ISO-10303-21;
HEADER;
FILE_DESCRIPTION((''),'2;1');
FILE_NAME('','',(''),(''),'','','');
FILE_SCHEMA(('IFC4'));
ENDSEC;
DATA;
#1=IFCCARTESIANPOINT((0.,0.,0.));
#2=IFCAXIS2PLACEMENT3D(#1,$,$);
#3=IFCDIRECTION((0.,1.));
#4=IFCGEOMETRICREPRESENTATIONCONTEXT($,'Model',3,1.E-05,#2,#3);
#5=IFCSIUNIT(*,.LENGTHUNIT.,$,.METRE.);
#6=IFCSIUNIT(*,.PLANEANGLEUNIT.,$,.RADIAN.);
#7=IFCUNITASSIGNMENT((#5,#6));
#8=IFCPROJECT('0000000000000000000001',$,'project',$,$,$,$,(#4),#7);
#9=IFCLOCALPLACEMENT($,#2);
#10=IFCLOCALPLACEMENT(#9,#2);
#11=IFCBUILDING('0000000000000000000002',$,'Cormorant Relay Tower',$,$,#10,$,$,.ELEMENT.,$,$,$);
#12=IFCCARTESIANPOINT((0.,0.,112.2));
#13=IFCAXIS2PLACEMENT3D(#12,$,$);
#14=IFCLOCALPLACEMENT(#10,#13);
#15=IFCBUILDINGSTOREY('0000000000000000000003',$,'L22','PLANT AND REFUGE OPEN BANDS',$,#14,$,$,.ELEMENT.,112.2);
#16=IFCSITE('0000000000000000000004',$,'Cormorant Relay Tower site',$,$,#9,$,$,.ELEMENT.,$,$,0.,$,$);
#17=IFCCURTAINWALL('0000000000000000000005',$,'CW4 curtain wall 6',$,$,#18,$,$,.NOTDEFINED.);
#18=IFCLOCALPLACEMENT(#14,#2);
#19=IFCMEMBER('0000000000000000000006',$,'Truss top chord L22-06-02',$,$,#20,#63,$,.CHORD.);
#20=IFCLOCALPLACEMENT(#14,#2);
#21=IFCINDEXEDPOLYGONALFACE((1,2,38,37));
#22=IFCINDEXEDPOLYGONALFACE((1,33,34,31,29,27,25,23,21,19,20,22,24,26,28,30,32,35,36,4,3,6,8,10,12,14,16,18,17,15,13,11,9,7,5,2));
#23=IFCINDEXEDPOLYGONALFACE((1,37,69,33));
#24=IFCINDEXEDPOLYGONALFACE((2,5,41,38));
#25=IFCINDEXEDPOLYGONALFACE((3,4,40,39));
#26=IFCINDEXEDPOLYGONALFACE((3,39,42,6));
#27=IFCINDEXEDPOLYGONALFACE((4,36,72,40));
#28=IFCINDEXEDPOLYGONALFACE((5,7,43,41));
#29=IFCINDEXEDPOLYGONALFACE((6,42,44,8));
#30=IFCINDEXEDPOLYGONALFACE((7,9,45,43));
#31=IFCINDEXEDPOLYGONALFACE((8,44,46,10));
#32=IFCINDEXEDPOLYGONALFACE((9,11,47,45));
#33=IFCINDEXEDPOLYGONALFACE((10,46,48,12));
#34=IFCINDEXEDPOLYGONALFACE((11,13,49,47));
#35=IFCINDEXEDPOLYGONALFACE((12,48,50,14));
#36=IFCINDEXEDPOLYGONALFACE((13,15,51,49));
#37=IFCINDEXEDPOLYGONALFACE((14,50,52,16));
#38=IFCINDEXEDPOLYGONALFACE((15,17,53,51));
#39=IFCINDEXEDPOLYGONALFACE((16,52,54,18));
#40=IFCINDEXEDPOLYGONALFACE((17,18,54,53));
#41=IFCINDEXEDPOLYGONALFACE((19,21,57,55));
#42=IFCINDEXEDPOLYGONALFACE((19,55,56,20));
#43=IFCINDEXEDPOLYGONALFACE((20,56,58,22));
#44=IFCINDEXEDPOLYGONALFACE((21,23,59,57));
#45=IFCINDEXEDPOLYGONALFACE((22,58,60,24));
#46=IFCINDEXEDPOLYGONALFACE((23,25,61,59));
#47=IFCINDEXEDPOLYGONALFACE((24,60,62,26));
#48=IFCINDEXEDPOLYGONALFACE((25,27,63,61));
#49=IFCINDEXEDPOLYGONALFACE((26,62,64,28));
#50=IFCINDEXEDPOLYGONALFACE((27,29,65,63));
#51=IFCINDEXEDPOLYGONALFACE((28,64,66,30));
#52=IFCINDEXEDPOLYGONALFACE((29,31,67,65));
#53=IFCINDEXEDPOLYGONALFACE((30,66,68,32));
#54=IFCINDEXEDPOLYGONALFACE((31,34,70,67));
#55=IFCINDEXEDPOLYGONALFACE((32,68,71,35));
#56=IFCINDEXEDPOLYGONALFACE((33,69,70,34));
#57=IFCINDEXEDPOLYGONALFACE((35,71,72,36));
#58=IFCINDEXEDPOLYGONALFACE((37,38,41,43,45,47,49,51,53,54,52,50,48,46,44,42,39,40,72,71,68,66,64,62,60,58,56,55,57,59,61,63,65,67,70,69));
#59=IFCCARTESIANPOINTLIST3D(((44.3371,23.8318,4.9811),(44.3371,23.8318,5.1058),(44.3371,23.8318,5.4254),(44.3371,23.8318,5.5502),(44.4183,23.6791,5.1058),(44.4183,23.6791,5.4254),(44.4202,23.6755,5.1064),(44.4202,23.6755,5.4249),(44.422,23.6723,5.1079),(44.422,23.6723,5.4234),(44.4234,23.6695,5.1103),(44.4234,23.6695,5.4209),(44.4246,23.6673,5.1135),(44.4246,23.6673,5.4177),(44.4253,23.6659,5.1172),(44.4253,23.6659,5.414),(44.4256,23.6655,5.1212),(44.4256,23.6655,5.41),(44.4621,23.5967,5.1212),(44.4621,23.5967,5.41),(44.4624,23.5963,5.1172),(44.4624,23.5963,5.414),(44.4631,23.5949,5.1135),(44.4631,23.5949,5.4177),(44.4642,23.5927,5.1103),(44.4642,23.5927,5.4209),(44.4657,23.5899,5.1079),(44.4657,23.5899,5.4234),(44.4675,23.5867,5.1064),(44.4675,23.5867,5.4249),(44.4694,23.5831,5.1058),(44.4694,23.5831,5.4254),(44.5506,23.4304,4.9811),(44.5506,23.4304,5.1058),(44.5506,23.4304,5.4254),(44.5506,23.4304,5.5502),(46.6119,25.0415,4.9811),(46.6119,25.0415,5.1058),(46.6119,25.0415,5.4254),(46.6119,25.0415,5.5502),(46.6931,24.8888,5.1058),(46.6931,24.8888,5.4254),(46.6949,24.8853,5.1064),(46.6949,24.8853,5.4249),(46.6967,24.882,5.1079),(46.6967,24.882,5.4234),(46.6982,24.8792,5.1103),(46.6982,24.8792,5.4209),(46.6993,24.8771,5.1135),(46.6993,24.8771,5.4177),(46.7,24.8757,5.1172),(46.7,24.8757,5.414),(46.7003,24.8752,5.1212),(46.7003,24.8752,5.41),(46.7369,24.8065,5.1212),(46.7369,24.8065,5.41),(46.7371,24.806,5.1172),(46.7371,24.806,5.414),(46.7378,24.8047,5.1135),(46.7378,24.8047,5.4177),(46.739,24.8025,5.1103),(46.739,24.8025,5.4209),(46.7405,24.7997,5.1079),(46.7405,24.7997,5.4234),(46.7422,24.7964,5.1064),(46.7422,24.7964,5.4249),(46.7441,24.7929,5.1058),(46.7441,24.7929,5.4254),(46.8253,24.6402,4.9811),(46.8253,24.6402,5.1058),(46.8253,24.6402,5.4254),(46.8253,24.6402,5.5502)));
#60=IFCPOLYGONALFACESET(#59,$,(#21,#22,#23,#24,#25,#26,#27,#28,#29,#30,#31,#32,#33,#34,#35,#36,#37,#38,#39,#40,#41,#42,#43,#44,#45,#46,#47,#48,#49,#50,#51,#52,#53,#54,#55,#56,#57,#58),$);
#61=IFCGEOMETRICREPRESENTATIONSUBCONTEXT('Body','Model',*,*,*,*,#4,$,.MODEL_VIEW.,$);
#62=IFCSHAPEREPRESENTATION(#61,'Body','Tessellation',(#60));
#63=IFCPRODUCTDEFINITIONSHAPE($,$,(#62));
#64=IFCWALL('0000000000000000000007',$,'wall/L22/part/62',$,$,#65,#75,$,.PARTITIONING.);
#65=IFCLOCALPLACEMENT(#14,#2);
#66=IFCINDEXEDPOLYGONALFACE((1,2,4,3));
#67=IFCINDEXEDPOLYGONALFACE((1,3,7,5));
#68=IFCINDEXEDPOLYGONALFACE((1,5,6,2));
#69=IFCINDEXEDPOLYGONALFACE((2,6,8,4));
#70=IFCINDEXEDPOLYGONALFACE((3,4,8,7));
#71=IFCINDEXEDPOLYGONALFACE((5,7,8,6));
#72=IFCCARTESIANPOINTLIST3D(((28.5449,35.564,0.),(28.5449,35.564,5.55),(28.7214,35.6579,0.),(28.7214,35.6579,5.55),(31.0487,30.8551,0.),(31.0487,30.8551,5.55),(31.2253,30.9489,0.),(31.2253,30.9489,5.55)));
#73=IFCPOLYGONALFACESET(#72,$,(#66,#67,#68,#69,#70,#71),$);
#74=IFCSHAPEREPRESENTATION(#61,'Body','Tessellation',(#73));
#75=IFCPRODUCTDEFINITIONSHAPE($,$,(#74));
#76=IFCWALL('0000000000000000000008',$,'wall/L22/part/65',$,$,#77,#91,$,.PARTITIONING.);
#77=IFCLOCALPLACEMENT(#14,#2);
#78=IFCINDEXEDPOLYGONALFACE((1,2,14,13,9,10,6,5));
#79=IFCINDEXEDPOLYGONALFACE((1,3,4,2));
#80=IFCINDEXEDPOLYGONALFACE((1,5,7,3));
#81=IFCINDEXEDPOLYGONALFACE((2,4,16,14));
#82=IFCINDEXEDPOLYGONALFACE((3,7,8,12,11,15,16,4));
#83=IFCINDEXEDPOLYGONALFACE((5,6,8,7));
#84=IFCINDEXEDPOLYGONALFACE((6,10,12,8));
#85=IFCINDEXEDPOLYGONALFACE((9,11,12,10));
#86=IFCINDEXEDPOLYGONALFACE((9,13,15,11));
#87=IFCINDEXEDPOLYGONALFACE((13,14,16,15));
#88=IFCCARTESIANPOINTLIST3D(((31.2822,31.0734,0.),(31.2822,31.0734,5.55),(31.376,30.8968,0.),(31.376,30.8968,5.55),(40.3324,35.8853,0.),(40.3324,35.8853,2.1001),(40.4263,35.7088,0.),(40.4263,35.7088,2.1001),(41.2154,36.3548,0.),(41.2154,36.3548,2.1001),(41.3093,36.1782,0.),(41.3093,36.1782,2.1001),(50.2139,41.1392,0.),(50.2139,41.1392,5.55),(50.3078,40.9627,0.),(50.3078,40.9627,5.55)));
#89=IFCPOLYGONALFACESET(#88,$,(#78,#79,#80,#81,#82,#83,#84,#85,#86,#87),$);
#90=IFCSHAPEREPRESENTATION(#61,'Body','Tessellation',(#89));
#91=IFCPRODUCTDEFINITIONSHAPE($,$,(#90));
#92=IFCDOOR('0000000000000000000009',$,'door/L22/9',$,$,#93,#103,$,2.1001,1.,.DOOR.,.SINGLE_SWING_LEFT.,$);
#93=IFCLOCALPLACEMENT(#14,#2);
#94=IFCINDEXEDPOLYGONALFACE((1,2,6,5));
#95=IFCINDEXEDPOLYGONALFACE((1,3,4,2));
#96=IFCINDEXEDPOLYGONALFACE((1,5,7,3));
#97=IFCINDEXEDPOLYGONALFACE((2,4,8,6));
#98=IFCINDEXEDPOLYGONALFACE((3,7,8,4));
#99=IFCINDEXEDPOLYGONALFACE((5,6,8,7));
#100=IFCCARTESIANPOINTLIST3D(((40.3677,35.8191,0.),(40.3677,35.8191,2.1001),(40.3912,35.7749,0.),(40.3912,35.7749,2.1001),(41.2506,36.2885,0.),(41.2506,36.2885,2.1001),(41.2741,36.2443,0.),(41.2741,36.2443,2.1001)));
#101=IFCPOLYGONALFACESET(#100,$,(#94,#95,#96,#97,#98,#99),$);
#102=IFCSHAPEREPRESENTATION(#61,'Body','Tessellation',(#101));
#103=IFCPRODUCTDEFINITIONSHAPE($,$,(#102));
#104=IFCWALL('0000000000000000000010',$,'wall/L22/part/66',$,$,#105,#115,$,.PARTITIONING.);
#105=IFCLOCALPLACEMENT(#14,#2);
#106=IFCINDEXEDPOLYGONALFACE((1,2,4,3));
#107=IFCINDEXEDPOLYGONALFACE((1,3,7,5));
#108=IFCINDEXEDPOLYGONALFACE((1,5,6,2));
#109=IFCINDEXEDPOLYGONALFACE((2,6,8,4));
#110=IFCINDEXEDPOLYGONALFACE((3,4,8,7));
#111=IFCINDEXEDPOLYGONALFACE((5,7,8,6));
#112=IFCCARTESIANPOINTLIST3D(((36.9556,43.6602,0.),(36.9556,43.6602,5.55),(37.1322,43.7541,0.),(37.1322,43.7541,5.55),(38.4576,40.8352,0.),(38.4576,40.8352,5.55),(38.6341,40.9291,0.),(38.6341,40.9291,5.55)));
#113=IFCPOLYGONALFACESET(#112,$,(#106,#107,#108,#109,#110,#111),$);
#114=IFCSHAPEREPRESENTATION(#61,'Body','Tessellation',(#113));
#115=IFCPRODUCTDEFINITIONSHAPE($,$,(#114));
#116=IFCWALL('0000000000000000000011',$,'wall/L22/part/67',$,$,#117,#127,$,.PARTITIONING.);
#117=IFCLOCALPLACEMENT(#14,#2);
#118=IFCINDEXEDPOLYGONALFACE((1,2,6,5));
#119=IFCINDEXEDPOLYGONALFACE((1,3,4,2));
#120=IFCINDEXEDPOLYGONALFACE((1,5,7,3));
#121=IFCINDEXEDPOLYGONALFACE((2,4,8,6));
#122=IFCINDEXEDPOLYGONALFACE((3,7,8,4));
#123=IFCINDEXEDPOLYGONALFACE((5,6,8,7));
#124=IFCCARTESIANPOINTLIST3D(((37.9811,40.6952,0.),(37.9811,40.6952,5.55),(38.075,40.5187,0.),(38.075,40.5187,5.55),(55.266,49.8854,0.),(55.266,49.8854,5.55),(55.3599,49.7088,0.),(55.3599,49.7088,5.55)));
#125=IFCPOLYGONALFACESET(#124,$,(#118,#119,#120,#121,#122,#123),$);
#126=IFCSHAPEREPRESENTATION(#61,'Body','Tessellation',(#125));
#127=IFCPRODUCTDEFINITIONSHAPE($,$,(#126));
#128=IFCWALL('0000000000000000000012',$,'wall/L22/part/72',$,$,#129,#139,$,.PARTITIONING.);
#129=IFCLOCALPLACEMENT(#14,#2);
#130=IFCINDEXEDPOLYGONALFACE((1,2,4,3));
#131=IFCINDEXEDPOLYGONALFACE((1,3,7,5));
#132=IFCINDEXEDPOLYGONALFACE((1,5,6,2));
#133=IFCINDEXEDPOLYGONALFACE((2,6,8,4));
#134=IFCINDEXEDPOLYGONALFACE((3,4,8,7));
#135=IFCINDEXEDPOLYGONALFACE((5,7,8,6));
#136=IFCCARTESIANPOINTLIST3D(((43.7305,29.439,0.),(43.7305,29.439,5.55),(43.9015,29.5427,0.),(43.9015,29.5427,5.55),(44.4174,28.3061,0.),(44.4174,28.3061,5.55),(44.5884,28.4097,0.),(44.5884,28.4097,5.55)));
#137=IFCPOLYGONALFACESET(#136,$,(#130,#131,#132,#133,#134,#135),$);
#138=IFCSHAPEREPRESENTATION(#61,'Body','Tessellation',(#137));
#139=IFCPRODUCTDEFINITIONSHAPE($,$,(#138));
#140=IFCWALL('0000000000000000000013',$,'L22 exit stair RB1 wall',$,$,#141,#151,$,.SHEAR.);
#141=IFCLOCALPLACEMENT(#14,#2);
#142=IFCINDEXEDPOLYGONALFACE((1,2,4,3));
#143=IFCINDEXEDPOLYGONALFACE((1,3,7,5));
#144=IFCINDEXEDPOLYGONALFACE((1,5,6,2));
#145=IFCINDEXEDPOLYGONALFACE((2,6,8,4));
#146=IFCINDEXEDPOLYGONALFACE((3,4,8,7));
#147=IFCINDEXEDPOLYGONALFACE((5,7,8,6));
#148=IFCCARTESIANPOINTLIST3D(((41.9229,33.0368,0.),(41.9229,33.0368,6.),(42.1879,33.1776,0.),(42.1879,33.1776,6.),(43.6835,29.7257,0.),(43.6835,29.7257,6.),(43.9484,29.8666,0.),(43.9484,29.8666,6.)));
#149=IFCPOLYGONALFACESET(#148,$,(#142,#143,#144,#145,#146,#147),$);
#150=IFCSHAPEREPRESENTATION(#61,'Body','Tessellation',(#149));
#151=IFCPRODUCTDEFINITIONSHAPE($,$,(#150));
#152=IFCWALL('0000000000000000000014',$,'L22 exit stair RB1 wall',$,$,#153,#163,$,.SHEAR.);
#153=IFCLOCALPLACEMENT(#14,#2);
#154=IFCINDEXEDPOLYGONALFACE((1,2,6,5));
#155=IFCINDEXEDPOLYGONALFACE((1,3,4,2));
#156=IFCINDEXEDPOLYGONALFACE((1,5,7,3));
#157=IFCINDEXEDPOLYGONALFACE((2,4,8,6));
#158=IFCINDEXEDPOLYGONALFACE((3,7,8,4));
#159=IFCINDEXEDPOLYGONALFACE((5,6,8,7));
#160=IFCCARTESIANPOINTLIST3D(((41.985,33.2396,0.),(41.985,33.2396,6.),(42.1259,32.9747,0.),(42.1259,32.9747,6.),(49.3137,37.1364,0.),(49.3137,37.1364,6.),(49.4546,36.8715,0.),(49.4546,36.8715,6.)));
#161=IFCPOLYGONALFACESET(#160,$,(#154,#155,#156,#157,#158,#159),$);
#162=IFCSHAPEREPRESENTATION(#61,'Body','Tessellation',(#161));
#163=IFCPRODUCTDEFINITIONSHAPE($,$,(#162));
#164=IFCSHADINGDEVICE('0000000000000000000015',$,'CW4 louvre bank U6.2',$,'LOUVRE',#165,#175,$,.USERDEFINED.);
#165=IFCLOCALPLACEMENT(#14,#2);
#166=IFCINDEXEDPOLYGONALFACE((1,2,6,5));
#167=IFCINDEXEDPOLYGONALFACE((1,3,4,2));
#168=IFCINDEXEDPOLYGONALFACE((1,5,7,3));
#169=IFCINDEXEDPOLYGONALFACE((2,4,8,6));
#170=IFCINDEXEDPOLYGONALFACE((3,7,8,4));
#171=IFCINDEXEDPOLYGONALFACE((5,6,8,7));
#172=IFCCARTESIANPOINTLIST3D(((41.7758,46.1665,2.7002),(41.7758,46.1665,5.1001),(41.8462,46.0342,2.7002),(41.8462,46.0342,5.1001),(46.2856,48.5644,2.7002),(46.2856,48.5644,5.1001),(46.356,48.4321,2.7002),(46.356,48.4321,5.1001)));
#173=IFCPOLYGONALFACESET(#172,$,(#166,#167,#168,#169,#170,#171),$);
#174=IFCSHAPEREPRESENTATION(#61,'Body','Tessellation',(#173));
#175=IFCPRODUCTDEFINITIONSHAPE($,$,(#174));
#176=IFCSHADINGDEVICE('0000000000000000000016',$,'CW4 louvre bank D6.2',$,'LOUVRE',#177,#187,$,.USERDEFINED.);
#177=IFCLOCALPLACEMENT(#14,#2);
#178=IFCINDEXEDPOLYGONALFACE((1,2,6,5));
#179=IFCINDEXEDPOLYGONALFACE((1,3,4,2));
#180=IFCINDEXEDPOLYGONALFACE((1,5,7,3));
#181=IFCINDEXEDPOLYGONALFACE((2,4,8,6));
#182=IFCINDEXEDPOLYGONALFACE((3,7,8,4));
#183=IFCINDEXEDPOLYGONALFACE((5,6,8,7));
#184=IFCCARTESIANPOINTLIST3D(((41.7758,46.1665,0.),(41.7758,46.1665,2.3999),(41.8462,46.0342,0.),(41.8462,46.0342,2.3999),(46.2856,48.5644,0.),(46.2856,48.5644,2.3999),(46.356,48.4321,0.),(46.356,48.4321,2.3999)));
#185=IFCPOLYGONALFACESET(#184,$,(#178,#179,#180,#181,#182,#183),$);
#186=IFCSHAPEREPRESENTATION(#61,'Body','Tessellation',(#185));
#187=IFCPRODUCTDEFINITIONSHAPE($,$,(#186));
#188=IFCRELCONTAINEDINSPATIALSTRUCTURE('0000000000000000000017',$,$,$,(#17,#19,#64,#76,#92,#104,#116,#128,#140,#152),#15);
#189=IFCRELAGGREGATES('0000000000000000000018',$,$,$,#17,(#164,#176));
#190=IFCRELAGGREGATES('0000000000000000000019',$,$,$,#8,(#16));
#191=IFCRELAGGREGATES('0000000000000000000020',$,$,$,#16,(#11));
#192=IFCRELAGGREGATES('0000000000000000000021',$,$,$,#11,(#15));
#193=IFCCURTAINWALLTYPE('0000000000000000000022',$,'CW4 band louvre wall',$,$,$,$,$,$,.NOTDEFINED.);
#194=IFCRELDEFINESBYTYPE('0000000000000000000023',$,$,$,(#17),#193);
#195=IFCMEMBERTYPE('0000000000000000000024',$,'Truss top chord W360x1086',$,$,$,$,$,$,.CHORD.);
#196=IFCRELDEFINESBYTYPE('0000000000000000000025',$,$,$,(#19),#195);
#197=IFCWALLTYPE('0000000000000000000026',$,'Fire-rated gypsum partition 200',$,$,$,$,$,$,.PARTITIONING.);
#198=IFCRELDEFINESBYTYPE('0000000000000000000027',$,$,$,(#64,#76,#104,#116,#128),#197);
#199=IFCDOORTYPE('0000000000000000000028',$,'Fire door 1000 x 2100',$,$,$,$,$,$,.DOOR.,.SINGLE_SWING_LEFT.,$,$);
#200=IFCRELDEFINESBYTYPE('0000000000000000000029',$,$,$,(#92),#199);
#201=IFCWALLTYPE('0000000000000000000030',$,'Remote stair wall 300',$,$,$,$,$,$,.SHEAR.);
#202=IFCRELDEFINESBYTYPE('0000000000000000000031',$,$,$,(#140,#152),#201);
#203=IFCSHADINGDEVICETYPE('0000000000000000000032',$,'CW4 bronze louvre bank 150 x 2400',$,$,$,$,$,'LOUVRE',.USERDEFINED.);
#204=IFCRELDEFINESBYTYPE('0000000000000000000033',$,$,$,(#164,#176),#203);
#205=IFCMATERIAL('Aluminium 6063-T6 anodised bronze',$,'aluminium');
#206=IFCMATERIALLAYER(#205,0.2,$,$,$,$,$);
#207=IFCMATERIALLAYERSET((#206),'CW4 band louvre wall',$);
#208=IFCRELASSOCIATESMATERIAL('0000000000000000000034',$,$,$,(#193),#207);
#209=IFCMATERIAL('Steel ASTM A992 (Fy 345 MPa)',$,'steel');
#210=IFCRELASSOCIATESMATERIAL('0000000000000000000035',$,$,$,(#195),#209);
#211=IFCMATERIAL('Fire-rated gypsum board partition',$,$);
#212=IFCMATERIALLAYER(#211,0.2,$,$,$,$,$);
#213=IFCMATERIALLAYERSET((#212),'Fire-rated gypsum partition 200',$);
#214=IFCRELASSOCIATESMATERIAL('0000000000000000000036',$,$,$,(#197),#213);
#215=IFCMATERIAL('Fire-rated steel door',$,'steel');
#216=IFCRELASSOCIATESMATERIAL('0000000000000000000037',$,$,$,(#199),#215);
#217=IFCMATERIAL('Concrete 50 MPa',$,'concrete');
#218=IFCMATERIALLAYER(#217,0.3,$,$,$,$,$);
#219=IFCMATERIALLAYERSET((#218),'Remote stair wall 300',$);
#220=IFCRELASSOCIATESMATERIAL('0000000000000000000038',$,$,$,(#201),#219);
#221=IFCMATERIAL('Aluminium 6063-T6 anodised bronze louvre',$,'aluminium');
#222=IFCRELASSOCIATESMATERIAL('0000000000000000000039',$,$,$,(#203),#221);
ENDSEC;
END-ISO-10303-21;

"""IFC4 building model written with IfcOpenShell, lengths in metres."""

from ifc_helpers import new_model, si_unit, direction, frame, frame_2d, origin, origin_2d, place, context, subcontext, project, spatial, rectangle, i_section, extrude, material, layer, layer_set, material_profile, profile_set, type_object, element, fill, aggregate, save


model = new_model("IFC4")

# Units and contexts
model_context = context("Model", 3, precision=1e-05, world=origin(), true_north=direction((0.0, 1.0)))
body_context = subcontext(model_context, "Body", "Model", "MODEL_VIEW")
ifc_project = project(units=[si_unit("LENGTHUNIT", "METRE"), si_unit("PLANEANGLEUNIT", "RADIAN")], contexts=[model_context])

# Site, building, storey
site_placement = place(None, origin())
site = spatial("IfcSite", under=ifc_project, at=site_placement, Name="Cormorant Relay Tower site", CompositionType="ELEMENT", RefElevation=0.0)
building_placement = place(site_placement, origin())
building = spatial("IfcBuilding", under=site, at=building_placement, Name="Cormorant Relay Tower", CompositionType="ELEMENT")
storey_placement = place(building_placement, frame((0.0, 0.0, 112.2)))
storey = spatial("IfcBuildingStorey", under=building, at=storey_placement, Name="L22", Description="PLANT AND REFUGE OPEN BANDS", CompositionType="ELEMENT", Elevation=112.2)

# Curtain wall
ifc_material_1 = material(Name="Aluminium 6063-T6 anodised bronze", Category="aluminium")
ifc_layer_1 = layer(ifc_material_1, 0.2)
ifc_layer_set_1 = layer_set([ifc_layer_1], Name="CW4 band louvre wall")
curtain_wall_type = type_object("IfcCurtainWallType", Name="CW4 band louvre wall", PredefinedType="NOTDEFINED", material=ifc_layer_set_1)
curtain_wall_placement = place(storey_placement, origin())
curtain_wall = element("IfcCurtainWall", 1, at=curtain_wall_placement, inside=storey, type_object=curtain_wall_type, Name="CW4 curtain wall 6", PredefinedType="NOTDEFINED")

# Member
ifc_material_2 = material(Name="Steel ASTM A992 (Fy 345 MPa)", Category="steel")
ifc_material_profile_1 = material_profile(ifc_material_2, i_section(OverallWidth=0.4546, OverallDepth=0.5691, WebThickness=0.0779, FlangeThickness=0.1248, FilletRadius=0.0154, at=origin_2d()), Name="W360x1086")
ifc_profile_set_1 = profile_set([ifc_material_profile_1], Name="Steel ASTM A992 (Fy 345 MPa)")
member_type_1 = type_object("IfcMemberType", Name="Truss top chord W360x1086", PredefinedType="CHORD", material=ifc_profile_set_1)
member_1_placement = place(storey_placement, frame((44.4438, 23.6311, 5.2656), z_axis=(0.882906, 0.46955, 0.0), x_axis=(-0.46955, 0.882906, 0.0)))
element("IfcMember", 2, at=member_1_placement, inside=storey, type_object=member_type_1, Name="Truss top chord L22-06-02", PredefinedType="CHORD", context=body_context, shape_type="SweptSolid", body=[
    extrude(i_section(OverallWidth=0.4546, OverallDepth=0.5691, WebThickness=0.0779, FlangeThickness=0.1248, FilletRadius=0.0154, at=origin_2d()), origin(), (0.0, 0.0, 1.0), 2.5764),
])

# Wall
ifc_material_3 = material(Name="Fire-rated gypsum board partition")
ifc_layer_2 = layer(ifc_material_3, 0.2)
ifc_layer_set_2 = layer_set([ifc_layer_2], Name="Fire-rated gypsum partition 200")
wall_type_1 = type_object("IfcWallType", Name="Fire-rated gypsum partition 200", PredefinedType="PARTITIONING", material=ifc_layer_set_2)
wall_1_placement = place(storey_placement, frame((31.137, 30.9021, 0.0), z_axis=(0.0, 0.0, 1.0), x_axis=(-0.469485, 0.88294, 0.0)))
element("IfcWall", 3, at=wall_1_placement, inside=storey, type_object=wall_type_1, Name="wall/L22/part/62", PredefinedType="PARTITIONING", context=body_context, shape_type="SweptSolid", body=[
    extrude(rectangle(XDim=5.3333, YDim=0.2, at=frame_2d((2.6665, 0.0))), origin(), (0.0, 0.0, 1.0), 5.55),
])

# Wall, opening, door
wall_2_placement = place(storey_placement, frame((31.3291, 30.9851, 0.0), z_axis=(0.0, 0.0, 1.0), x_axis=(0.882954, 0.469459, 0.0)))
wall_2 = element("IfcWall", 4, at=wall_2_placement, inside=storey, type_object=wall_type_1, Name="wall/L22/part/65", PredefinedType="PARTITIONING", context=body_context, shape_type="SweptSolid", body=[
    extrude(rectangle(XDim=21.4414, YDim=0.2, at=frame_2d((10.7207, 0.0))), origin(), (0.0, 0.0, 1.0), 5.55),
])
opening_placement = place(wall_2_placement, frame((10.25, 0.0, 0.0)))
opening = element("IfcOpeningElement", 5, at=opening_placement, cuts=wall_2, PredefinedType="OPENING", context=body_context, shape_type="SweptSolid", body=[
    extrude(rectangle(XDim=1.0, YDim=2.1001, at=frame_2d((0.5, 1.05))), frame((0.0, 0.1099, 0.0), z_axis=(0.0, -1.0, 0.0), x_axis=(1.0, 0.0, 0.0)), (0.0, 0.0, 1.0), 0.22),
])
ifc_material_4 = material(Name="Fire-rated steel door", Category="steel")
door_type = type_object("IfcDoorType", Name="Fire door 1000 x 2100", OperationType="SINGLE_SWING_LEFT", PredefinedType="DOOR", material=ifc_material_4)
door_placement = place(opening_placement, origin())
door = element("IfcDoor", 6, at=door_placement, inside=storey, type_object=door_type, Name="door/L22/9", OperationType="SINGLE_SWING_LEFT", OverallHeight=2.1001, OverallWidth=1.0, PredefinedType="DOOR", context=body_context, shape_type="SweptSolid", body=[
    extrude(rectangle(XDim=1.0, YDim=2.1001, at=frame_2d((0.5, 1.05))), frame((0.0, 0.0249, 0.0), z_axis=(0.0, -1.0, 0.0), x_axis=(1.0, 0.0, 0.0)), (0.0, 0.0, 1.0), 0.05),
])
fill(opening, door)

# Walls
wall_3_placement = place(storey_placement, frame((37.0439, 43.707, 0.0), z_axis=(0.0, 0.0, 1.0), x_axis=(0.469447, -0.882961, 0.0)))
element("IfcWall", 7, at=wall_3_placement, inside=storey, type_object=wall_type_1, Name="wall/L22/part/66", PredefinedType="PARTITIONING", context=body_context, shape_type="SweptSolid", body=[
    extrude(rectangle(XDim=3.1995, YDim=0.2, at=frame_2d((1.5996, 0.0))), origin(), (0.0, 0.0, 1.0), 5.55),
])
wall_4_placement = place(storey_placement, frame((38.0281, 40.6069, 0.0), z_axis=(0.0, 0.0, 1.0), x_axis=(0.882955, 0.469457, 0.0)))
element("IfcWall", 8, at=wall_4_placement, inside=storey, type_object=wall_type_1, Name="wall/L22/part/67", PredefinedType="PARTITIONING", context=body_context, shape_type="SweptSolid", body=[
    extrude(rectangle(XDim=19.5762, YDim=0.2, at=frame_2d((9.7881, 0.0))), origin(), (0.0, 0.0, 1.0), 5.55),
])
wall_5_placement = place(storey_placement, frame((43.8159, 29.491, 0.0), z_axis=(0.0, 0.0, 1.0), x_axis=(0.518473, -0.855094, 0.0)))
element("IfcWall", 9, at=wall_5_placement, inside=storey, type_object=wall_type_1, Name="wall/L22/part/72", PredefinedType="PARTITIONING", context=body_context, shape_type="SweptSolid", body=[
    extrude(rectangle(XDim=1.325, YDim=0.2, at=frame_2d((0.6626, 0.0))), origin(), (0.0, 0.0, 1.0), 5.55),
])
ifc_material_5 = material(Name="Concrete 50 MPa", Category="concrete")
ifc_layer_3 = layer(ifc_material_5, 0.3)
ifc_layer_set_3 = layer_set([ifc_layer_3], Name="Remote stair wall 300")
wall_type_2 = type_object("IfcWallType", Name="Remote stair wall 300", PredefinedType="SHEAR", material=ifc_layer_set_3)
wall_6_placement = place(storey_placement, frame((43.8159, 29.7961, 0.0), z_axis=(0.0, 0.0, 1.0), x_axis=(-0.469469, 0.882949, 0.0)))
element("IfcWall", 10, at=wall_6_placement, inside=storey, type_object=wall_type_2, Name="L22 exit stair RB1 wall", PredefinedType="SHEAR", context=body_context, shape_type="SweptSolid", body=[
    extrude(rectangle(XDim=3.75, YDim=0.3, at=frame_2d((1.875, 0.0))), origin(), (0.0, 0.0, 1.0), 6.0),
])
wall_7_placement = place(storey_placement, frame((42.0554, 33.1072, 0.0), z_axis=(0.0, 0.0, 1.0), x_axis=(0.882946, 0.469475, 0.0)))
element("IfcWall", 11, at=wall_7_placement, inside=storey, type_object=wall_type_2, Name="L22 exit stair RB1 wall", PredefinedType="SHEAR", context=body_context, shape_type="SweptSolid", body=[
    extrude(rectangle(XDim=8.3003, YDim=0.3, at=frame_2d((4.1501, 0.0))), origin(), (0.0, 0.0, 1.0), 6.0),
])

# Shading devices
ifc_material_6 = material(Name="Aluminium 6063-T6 anodised bronze louvre", Category="aluminium")
shading_device_type = type_object("IfcShadingDeviceType", Name="CW4 bronze louvre bank 150 x 2400", ElementType="LOUVRE", PredefinedType="USERDEFINED", material=ifc_material_6)
shading_device_1_placement = place(storey_placement, frame((44.0659, 47.2993, 2.7002), z_axis=(0.0, 0.0, 1.0), x_axis=(-0.882948, -0.469472, 0.0)))
shading_device_1 = element("IfcShadingDevice", 12, at=shading_device_1_placement, type_object=shading_device_type, Name="CW4 louvre bank U6.2", ObjectType="LOUVRE", PredefinedType="USERDEFINED", context=body_context, shape_type="SweptSolid", body=[
    extrude(rectangle(XDim=5.1077, YDim=0.1499, at=origin_2d()), origin(), (0.0, 0.0, 1.0), 2.3999),
])
shading_device_2_placement = place(storey_placement, frame((44.0659, 47.2993, 0.0), z_axis=(0.0, 0.0, 1.0), x_axis=(-0.882948, -0.469472, 0.0)))
shading_device_2 = element("IfcShadingDevice", 13, at=shading_device_2_placement, type_object=shading_device_type, Name="CW4 louvre bank D6.2", ObjectType="LOUVRE", PredefinedType="USERDEFINED", context=body_context, shape_type="SweptSolid", body=[
    extrude(rectangle(XDim=5.1077, YDim=0.1499, at=origin_2d()), origin(), (0.0, 0.0, 1.0), 2.3999),
])
aggregate(curtain_wall, [shading_device_1, shading_device_2])

save(model, "model.ifc")
